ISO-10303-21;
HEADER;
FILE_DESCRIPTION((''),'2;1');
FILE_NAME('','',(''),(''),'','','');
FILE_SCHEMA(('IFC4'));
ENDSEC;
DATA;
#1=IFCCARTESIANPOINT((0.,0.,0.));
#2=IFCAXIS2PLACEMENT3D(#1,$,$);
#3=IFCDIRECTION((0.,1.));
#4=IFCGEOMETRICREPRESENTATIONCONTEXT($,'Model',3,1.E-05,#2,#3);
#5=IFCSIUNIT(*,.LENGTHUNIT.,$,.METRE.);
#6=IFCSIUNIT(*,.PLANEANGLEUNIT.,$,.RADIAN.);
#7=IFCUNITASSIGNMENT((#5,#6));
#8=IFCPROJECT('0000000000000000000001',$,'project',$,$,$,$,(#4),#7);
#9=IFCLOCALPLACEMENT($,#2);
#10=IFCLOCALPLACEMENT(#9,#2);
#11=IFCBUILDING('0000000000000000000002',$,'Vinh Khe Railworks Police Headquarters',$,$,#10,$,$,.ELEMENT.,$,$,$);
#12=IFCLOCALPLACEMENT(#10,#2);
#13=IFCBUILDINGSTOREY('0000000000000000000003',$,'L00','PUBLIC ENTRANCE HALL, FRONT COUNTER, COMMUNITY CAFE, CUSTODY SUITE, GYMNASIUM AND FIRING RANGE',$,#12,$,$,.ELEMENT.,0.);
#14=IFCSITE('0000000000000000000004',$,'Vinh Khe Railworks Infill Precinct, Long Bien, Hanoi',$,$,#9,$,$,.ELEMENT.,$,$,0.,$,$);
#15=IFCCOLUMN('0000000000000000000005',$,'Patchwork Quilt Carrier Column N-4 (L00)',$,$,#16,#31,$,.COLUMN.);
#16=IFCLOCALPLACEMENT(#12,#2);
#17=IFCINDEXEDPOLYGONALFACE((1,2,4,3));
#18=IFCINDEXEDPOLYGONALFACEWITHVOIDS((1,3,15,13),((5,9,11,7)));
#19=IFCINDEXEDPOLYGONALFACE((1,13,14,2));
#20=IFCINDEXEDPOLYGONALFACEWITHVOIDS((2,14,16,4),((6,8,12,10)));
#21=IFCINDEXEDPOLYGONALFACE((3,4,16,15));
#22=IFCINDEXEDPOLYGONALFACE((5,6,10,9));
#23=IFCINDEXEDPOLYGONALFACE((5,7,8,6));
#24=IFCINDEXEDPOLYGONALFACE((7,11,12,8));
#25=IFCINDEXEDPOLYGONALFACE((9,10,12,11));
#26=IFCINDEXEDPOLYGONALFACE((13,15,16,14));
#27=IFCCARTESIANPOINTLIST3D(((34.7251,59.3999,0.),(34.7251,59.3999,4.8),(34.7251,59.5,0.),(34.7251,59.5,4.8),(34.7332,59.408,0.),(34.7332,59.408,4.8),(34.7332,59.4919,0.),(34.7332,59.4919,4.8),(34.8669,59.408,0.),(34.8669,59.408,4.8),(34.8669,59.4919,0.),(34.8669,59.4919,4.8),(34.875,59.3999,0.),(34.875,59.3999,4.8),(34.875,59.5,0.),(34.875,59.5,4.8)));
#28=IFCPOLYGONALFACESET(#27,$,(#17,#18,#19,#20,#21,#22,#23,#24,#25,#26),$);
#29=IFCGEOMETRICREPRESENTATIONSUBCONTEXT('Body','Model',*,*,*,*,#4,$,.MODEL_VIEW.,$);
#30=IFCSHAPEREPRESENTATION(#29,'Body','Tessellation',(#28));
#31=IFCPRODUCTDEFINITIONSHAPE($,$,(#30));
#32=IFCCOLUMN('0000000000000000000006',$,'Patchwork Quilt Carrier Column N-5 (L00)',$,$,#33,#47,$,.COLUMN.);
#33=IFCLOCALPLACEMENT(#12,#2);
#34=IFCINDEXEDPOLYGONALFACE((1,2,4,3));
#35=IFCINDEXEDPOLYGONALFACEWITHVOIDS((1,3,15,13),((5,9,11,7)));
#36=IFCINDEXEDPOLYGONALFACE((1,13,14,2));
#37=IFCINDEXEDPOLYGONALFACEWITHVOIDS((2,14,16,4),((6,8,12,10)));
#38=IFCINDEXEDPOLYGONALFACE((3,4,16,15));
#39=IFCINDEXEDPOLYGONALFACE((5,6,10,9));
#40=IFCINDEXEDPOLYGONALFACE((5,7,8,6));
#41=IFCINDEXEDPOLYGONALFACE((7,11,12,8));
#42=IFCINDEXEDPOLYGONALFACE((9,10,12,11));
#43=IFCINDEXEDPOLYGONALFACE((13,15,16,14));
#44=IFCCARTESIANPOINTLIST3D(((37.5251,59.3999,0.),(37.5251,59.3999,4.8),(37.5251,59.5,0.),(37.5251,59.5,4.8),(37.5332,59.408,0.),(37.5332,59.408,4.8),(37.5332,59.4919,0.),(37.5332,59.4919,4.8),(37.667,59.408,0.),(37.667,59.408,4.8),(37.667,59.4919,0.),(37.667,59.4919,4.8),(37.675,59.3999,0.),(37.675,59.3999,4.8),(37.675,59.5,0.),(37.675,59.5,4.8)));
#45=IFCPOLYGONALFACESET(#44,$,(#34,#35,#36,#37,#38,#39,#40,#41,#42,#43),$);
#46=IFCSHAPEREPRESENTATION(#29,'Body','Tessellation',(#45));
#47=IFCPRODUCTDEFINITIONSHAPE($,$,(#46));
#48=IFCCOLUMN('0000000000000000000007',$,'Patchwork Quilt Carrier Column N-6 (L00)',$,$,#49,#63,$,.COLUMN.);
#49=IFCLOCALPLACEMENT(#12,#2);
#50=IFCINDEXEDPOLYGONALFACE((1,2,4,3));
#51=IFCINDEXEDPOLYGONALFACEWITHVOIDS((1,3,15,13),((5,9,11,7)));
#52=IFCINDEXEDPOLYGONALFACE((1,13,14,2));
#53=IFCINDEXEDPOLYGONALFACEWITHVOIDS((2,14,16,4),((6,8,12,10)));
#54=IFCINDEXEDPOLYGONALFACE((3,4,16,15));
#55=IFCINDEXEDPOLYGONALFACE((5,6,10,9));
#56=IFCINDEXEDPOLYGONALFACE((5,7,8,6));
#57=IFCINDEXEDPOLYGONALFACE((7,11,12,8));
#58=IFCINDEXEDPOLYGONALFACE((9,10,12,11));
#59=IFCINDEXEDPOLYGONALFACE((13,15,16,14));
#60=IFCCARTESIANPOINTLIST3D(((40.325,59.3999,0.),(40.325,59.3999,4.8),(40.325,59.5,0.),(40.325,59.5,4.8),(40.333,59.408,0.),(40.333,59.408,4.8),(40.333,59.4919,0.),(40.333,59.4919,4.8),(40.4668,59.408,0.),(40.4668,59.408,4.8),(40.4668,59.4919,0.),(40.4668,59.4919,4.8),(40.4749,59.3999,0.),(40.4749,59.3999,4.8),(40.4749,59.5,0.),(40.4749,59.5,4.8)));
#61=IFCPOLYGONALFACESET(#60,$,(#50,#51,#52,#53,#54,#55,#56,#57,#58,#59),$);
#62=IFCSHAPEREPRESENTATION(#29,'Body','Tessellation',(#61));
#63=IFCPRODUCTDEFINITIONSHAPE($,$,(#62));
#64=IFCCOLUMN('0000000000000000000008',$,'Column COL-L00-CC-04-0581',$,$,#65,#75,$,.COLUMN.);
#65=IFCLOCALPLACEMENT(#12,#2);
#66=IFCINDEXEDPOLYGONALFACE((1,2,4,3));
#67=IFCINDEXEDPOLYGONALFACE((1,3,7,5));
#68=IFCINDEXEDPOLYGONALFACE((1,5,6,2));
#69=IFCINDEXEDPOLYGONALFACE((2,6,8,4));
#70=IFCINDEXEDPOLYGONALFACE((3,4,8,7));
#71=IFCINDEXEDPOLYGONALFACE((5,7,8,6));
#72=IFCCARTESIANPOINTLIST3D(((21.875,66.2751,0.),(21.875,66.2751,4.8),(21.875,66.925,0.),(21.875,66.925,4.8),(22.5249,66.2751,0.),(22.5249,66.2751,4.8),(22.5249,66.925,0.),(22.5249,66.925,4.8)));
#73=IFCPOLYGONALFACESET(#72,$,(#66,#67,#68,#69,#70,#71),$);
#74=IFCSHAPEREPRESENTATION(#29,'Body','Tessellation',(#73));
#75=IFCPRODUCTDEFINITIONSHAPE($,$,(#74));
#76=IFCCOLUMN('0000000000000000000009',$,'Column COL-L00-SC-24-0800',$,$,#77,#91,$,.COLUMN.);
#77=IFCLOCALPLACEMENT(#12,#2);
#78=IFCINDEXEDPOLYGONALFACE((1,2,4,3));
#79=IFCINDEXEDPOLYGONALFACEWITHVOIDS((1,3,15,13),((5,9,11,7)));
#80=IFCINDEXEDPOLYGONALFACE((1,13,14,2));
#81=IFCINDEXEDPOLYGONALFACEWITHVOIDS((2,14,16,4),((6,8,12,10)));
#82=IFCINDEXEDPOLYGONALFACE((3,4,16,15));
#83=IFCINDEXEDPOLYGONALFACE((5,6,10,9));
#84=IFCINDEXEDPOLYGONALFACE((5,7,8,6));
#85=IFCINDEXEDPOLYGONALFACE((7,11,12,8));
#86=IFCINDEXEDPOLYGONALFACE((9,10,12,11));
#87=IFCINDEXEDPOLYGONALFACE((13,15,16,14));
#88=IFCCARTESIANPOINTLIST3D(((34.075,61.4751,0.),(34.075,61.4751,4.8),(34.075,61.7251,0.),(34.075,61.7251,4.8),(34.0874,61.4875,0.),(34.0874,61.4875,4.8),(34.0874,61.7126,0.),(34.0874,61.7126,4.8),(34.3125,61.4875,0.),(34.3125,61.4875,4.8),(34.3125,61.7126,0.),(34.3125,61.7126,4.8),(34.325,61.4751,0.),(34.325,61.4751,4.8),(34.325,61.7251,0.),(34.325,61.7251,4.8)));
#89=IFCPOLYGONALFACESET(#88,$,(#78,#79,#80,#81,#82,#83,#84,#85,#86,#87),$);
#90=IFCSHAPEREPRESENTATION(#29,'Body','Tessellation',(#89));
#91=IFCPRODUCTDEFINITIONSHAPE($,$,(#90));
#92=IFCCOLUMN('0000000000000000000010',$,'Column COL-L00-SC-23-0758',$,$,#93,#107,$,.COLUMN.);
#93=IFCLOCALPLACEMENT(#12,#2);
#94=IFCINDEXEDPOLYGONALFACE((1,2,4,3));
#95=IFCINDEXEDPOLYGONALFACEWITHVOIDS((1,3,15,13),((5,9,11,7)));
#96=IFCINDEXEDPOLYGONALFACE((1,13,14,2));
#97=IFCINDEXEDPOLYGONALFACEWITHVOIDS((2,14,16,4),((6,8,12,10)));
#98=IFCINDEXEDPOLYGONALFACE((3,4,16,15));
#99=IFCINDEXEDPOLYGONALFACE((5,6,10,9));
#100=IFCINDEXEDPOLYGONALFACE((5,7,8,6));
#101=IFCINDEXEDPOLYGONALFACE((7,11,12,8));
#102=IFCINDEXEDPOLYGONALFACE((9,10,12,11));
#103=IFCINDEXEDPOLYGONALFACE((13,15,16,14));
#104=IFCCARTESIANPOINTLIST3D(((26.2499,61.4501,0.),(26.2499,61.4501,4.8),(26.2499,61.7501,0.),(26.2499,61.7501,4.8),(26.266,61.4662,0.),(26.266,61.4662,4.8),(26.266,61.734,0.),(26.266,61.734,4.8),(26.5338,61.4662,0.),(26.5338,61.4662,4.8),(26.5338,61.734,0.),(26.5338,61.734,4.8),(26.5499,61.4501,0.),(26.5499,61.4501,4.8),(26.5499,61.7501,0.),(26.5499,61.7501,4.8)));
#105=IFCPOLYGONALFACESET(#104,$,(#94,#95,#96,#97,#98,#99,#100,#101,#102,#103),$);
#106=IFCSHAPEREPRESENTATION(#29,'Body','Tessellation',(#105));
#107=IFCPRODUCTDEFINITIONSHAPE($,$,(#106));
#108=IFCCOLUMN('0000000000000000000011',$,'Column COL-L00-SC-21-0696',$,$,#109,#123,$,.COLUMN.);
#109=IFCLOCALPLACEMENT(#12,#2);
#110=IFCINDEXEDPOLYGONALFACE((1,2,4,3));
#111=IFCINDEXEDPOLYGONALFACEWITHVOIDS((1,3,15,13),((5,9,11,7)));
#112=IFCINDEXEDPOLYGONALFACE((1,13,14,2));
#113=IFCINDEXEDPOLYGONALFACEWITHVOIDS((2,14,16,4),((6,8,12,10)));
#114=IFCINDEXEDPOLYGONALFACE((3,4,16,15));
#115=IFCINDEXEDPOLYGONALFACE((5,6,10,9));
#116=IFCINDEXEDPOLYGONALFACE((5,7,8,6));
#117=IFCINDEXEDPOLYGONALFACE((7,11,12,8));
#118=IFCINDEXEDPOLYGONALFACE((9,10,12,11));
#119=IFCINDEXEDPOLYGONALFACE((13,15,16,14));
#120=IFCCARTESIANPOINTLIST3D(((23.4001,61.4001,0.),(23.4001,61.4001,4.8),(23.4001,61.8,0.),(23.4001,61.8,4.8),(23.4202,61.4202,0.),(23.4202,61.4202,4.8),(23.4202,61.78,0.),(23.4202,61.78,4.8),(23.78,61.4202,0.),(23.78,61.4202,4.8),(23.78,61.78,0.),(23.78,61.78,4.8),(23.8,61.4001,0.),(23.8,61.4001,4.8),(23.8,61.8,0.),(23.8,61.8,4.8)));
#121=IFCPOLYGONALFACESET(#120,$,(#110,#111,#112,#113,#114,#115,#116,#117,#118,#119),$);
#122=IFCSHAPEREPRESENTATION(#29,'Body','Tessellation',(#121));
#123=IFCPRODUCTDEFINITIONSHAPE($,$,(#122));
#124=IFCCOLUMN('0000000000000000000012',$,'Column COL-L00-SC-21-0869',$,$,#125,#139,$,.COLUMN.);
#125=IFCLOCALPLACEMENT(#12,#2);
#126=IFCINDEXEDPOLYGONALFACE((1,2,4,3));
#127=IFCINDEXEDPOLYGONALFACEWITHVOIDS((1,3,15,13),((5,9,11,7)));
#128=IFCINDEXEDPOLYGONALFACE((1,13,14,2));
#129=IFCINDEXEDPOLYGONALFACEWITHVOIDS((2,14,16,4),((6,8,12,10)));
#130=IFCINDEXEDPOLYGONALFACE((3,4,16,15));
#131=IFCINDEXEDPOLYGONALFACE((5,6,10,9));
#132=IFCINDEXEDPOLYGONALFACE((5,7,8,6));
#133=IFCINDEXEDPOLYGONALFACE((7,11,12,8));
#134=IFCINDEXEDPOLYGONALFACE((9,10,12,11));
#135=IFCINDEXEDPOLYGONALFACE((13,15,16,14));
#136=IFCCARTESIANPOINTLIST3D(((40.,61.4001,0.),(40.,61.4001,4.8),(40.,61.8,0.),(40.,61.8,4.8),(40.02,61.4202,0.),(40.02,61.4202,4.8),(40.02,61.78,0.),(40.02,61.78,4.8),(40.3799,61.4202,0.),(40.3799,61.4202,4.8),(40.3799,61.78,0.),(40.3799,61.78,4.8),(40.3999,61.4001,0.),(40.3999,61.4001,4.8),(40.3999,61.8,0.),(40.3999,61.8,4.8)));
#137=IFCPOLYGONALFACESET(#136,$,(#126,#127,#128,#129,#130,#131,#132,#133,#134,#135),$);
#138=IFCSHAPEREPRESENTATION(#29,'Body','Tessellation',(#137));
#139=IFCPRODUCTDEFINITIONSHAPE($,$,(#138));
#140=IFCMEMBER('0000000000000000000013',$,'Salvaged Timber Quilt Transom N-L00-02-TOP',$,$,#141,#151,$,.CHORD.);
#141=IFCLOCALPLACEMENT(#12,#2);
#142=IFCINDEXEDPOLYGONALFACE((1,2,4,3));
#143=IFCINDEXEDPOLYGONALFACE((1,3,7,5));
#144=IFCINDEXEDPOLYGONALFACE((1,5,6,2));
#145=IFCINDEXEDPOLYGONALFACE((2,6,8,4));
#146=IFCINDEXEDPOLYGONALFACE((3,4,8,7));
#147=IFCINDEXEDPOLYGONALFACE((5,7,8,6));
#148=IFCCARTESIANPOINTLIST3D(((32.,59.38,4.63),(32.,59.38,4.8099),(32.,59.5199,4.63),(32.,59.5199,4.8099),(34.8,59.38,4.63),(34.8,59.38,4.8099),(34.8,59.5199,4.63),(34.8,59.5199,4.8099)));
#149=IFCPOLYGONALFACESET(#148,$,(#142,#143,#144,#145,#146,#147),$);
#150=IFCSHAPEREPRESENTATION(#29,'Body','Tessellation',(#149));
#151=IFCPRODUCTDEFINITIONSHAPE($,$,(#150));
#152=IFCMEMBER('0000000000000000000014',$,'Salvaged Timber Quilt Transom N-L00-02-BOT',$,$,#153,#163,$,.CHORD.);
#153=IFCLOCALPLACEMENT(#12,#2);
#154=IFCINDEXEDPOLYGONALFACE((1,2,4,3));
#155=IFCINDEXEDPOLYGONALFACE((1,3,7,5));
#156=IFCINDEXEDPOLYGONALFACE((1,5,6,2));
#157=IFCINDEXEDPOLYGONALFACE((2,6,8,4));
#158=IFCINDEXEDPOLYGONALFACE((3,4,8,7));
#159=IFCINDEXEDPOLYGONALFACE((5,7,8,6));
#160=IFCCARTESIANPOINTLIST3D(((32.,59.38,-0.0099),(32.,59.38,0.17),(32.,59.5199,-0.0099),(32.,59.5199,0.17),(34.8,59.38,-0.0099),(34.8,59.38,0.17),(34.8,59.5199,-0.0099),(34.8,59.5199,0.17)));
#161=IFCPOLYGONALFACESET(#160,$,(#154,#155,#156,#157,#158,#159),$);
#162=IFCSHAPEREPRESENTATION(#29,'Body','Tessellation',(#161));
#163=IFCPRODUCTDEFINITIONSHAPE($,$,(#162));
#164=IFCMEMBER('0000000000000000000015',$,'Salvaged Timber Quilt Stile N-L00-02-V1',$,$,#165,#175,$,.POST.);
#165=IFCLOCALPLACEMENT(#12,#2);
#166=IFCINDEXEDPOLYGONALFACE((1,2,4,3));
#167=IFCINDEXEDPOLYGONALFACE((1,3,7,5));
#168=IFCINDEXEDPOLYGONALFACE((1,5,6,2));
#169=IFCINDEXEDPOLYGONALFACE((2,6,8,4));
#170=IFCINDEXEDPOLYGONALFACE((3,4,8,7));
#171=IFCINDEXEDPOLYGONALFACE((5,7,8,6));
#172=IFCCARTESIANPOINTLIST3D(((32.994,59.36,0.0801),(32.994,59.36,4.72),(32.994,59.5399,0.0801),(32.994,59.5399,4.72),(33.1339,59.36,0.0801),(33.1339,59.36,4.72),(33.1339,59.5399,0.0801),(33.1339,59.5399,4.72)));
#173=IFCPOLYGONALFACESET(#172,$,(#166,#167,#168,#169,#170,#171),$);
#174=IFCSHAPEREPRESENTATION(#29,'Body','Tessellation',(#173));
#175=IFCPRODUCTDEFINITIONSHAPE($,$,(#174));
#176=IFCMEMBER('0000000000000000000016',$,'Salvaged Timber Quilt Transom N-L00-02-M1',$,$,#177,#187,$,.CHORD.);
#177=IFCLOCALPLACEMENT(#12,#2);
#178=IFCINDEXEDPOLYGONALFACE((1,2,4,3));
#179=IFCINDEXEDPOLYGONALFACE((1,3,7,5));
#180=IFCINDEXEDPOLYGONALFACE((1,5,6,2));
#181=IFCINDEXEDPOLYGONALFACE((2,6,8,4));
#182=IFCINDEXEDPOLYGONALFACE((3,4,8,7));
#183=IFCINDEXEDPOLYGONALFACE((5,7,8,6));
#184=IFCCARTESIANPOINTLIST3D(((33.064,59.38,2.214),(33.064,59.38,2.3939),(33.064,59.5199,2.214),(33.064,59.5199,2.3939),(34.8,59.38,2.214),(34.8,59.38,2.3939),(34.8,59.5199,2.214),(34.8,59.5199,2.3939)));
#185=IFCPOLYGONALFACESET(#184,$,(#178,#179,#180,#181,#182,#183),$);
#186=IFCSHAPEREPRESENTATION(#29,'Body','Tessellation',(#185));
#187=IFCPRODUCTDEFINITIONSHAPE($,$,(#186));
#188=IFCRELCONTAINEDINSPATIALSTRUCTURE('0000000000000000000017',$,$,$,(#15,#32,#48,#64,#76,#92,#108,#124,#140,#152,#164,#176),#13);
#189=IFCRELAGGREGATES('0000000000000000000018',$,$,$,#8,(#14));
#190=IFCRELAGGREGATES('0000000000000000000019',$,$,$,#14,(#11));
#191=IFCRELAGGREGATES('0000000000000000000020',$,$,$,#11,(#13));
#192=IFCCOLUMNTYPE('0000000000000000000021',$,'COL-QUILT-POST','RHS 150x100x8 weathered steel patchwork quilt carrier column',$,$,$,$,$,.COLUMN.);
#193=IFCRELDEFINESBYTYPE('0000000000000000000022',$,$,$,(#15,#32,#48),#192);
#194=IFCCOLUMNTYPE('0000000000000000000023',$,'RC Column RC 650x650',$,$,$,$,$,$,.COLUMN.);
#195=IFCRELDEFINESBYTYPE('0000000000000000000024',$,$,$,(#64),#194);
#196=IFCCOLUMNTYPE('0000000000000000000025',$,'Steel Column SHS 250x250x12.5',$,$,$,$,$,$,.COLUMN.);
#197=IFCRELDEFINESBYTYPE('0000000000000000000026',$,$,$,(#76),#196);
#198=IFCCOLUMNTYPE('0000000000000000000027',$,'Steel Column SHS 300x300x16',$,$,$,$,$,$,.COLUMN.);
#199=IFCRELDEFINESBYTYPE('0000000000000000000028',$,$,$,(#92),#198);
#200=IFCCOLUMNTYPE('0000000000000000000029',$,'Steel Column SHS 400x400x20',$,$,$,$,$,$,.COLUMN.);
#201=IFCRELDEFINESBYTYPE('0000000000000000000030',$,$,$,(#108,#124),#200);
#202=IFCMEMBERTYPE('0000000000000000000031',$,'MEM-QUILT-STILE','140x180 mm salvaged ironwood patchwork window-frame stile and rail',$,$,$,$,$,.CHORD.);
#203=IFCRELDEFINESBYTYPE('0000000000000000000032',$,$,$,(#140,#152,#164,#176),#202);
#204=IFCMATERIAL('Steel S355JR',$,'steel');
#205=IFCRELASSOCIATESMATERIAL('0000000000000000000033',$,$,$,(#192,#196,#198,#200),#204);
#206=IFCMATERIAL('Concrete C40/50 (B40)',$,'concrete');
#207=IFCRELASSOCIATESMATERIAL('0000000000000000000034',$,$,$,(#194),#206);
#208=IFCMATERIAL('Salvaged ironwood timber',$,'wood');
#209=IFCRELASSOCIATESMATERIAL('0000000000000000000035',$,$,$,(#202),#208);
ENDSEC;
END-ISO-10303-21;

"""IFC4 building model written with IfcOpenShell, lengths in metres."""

from ifc_helpers import new_model, si_unit, direction, frame, origin, origin_2d, place, context, subcontext, project, spatial, rectangle, hollow_rectangle, extrude, material, material_profile, profile_set, type_object, element, save


model = new_model("IFC4")

# Units and contexts
model_context = context("Model", 3, precision=1e-05, world=origin(), true_north=direction((0.0, 1.0)))
body_context = subcontext(model_context, "Body", "Model", "MODEL_VIEW")
ifc_project = project(units=[si_unit("LENGTHUNIT", "METRE"), si_unit("PLANEANGLEUNIT", "RADIAN")], contexts=[model_context])

# Site, building, storey
site_placement = place(None, origin())
site = spatial("IfcSite", under=ifc_project, at=site_placement, Name="Vinh Khe Railworks Infill Precinct, Long Bien, Hanoi", CompositionType="ELEMENT", RefElevation=0.0)
building_placement = place(site_placement, origin())
building = spatial("IfcBuilding", under=site, at=building_placement, Name="Vinh Khe Railworks Police Headquarters", CompositionType="ELEMENT")
storey_placement = place(building_placement, origin())
storey = spatial("IfcBuildingStorey", under=building, at=storey_placement, Name="L00", Description="PUBLIC ENTRANCE HALL, FRONT COUNTER, COMMUNITY CAFE, CUSTODY SUITE, GYMNASIUM AND FIRING RANGE", CompositionType="ELEMENT", Elevation=0.0)

# Columns
ifc_material_1 = material(Name="Steel S355JR", Category="steel")
ifc_material_profile_1 = material_profile(ifc_material_1, hollow_rectangle(XDim=0.1499, YDim=0.1001, WallThickness=0.0081, at=origin_2d()), Name="RHS 150x100x8")
ifc_profile_set_1 = profile_set([ifc_material_profile_1], Name="Steel S355JR")
column_type_1 = type_object("IfcColumnType", Name="COL-QUILT-POST", Description="RHS 150x100x8 weathered steel patchwork quilt carrier column", PredefinedType="COLUMN", material=ifc_profile_set_1)
for number, where, z_axis, x_axis, name in (
    (1, (34.8, 59.45, 0.0), (0.0, 0.0, 1.0), (1.0, 0.0, 0.0), "Patchwork Quilt Carrier Column N-4 (L00)"),
    (2, (37.6001, 59.45, 0.0), (0.0, 0.0, 1.0), (1.0, 0.0, 0.0), "Patchwork Quilt Carrier Column N-5 (L00)"),
    (3, (40.3999, 59.45, 0.0), (0.0, 0.0, 1.0), (1.0, 0.0, 0.0), "Patchwork Quilt Carrier Column N-6 (L00)"),
):
    element("IfcColumn", number, at=place(storey_placement, frame(where, z_axis=z_axis, x_axis=x_axis)), inside=storey, type_object=column_type_1, Name=name, PredefinedType="COLUMN", context=body_context, shape_type="SweptSolid", body=[
        extrude(hollow_rectangle(XDim=0.1499, YDim=0.1001, WallThickness=0.0081, at=origin_2d()), origin(), (0.0, 0.0, 1.0), 4.8),
    ])
ifc_material_2 = material(Name="Concrete C40/50 (B40)", Category="concrete")
ifc_material_profile_2 = material_profile(ifc_material_2, rectangle(XDim=0.6499, YDim=0.6499, at=origin_2d()), Name="RC 650x650")
ifc_profile_set_2 = profile_set([ifc_material_profile_2], Name="Concrete C40/50 (B40)")
column_type_2 = type_object("IfcColumnType", Name="RC Column RC 650x650", PredefinedType="COLUMN", material=ifc_profile_set_2)
column_1_placement = place(storey_placement, frame((22.2, 66.6001, 0.0), z_axis=(0.0, 0.0, 1.0), x_axis=(1.0, 0.0, 0.0)))
element("IfcColumn", 4, at=column_1_placement, inside=storey, type_object=column_type_2, Name="Column COL-L00-CC-04-0581", PredefinedType="COLUMN", context=body_context, shape_type="SweptSolid", body=[
    extrude(rectangle(XDim=0.6499, YDim=0.6499, at=origin_2d()), origin(), (0.0, 0.0, 1.0), 4.8),
])
ifc_material_profile_3 = material_profile(ifc_material_1, hollow_rectangle(XDim=0.25, YDim=0.25, WallThickness=0.0125, at=origin_2d()), Name="SHS 250x250x12.5")
ifc_profile_set_3 = profile_set([ifc_material_profile_3], Name="Steel S355JR")
column_type_3 = type_object("IfcColumnType", Name="Steel Column SHS 250x250x12.5", PredefinedType="COLUMN", material=ifc_profile_set_3)
column_2_placement = place(storey_placement, frame((34.2, 61.6001, 0.0), z_axis=(0.0, 0.0, 1.0), x_axis=(1.0, 0.0, 0.0)))
element("IfcColumn", 5, at=column_2_placement, inside=storey, type_object=column_type_3, Name="Column COL-L00-SC-24-0800", PredefinedType="COLUMN", context=body_context, shape_type="SweptSolid", body=[
    extrude(hollow_rectangle(XDim=0.25, YDim=0.25, WallThickness=0.0125, at=origin_2d()), origin(), (0.0, 0.0, 1.0), 4.8),
])
ifc_material_profile_4 = material_profile(ifc_material_1, hollow_rectangle(XDim=0.3, YDim=0.3, WallThickness=0.0161, at=origin_2d()), Name="SHS 300x300x16")
ifc_profile_set_4 = profile_set([ifc_material_profile_4], Name="Steel S355JR")
column_type_4 = type_object("IfcColumnType", Name="Steel Column SHS 300x300x16", PredefinedType="COLUMN", material=ifc_profile_set_4)
column_3_placement = place(storey_placement, frame((26.3999, 61.6001, 0.0), z_axis=(0.0, 0.0, 1.0), x_axis=(1.0, 0.0, 0.0)))
element("IfcColumn", 6, at=column_3_placement, inside=storey, type_object=column_type_4, Name="Column COL-L00-SC-23-0758", PredefinedType="COLUMN", context=body_context, shape_type="SweptSolid", body=[
    extrude(hollow_rectangle(XDim=0.3, YDim=0.3, WallThickness=0.0161, at=origin_2d()), origin(), (0.0, 0.0, 1.0), 4.8),
])
ifc_material_profile_5 = material_profile(ifc_material_1, hollow_rectangle(XDim=0.3999, YDim=0.3999, WallThickness=0.02, at=origin_2d()), Name="SHS 400x400x20")
ifc_profile_set_5 = profile_set([ifc_material_profile_5], Name="Steel S355JR")
column_type_5 = type_object("IfcColumnType", Name="Steel Column SHS 400x400x20", PredefinedType="COLUMN", material=ifc_profile_set_5)
for number, where, z_axis, x_axis, name in (
    (7, (23.6001, 61.6001, 0.0), (0.0, 0.0, 1.0), (1.0, 0.0, 0.0), "Column COL-L00-SC-21-0696"),
    (8, (40.2, 61.6001, 0.0), (0.0, 0.0, 1.0), (1.0, 0.0, 0.0), "Column COL-L00-SC-21-0869"),
):
    element("IfcColumn", number, at=place(storey_placement, frame(where, z_axis=z_axis, x_axis=x_axis)), inside=storey, type_object=column_type_5, Name=name, PredefinedType="COLUMN", context=body_context, shape_type="SweptSolid", body=[
        extrude(hollow_rectangle(XDim=0.3999, YDim=0.3999, WallThickness=0.02, at=origin_2d()), origin(), (0.0, 0.0, 1.0), 4.8),
    ])

# Members
ifc_material_3 = material(Name="Salvaged ironwood timber", Category="wood")
ifc_material_profile_6 = material_profile(ifc_material_3, rectangle(XDim=0.1399, YDim=0.1799, at=origin_2d()), Name="TIMBER 140x180")
ifc_profile_set_6 = profile_set([ifc_material_profile_6], Name="Salvaged ironwood timber")
member_type = type_object("IfcMemberType", Name="MEM-QUILT-STILE", Description="140x180 mm salvaged ironwood patchwork window-frame stile and rail", PredefinedType="CHORD", material=ifc_profile_set_6)
for number, where, z_axis, x_axis, name in (
    (9, (32.0, 59.45, 4.72), (1.0, 0.0, 0.0), (0.0, 1.0, 0.0), "Salvaged Timber Quilt Transom N-L00-02-TOP"),
    (10, (32.0, 59.45, 0.0801), (1.0, 0.0, 0.0), (0.0, 1.0, 0.0), "Salvaged Timber Quilt Transom N-L00-02-BOT"),
):
    element("IfcMember", number, at=place(storey_placement, frame(where, z_axis=z_axis, x_axis=x_axis)), inside=storey, type_object=member_type, Name=name, PredefinedType="CHORD", context=body_context, shape_type="SweptSolid", body=[
        extrude(rectangle(XDim=0.1399, YDim=0.1799, at=origin_2d()), origin(), (0.0, 0.0, 1.0), 2.8),
    ])
member_1_placement = place(storey_placement, frame((33.064, 59.45, 0.0801), z_axis=(0.0, 0.0, 1.0), x_axis=(1.0, 0.0, 0.0)))
element("IfcMember", 11, at=member_1_placement, inside=storey, type_object=member_type, Name="Salvaged Timber Quilt Stile N-L00-02-V1", PredefinedType="POST", context=body_context, shape_type="SweptSolid", body=[
    extrude(rectangle(XDim=0.1399, YDim=0.1799, at=origin_2d()), origin(), (0.0, 0.0, 1.0), 4.6399),
])
member_2_placement = place(storey_placement, frame((33.064, 59.45, 2.304), z_axis=(1.0, 0.0, 0.0), x_axis=(0.0, 1.0, 0.0)))
element("IfcMember", 12, at=member_2_placement, inside=storey, type_object=member_type, Name="Salvaged Timber Quilt Transom N-L00-02-M1", PredefinedType="CHORD", context=body_context, shape_type="SweptSolid", body=[
    extrude(rectangle(XDim=0.1399, YDim=0.1799, at=origin_2d()), origin(), (0.0, 0.0, 1.0), 1.7361),
])

save(model, "model.ifc")
